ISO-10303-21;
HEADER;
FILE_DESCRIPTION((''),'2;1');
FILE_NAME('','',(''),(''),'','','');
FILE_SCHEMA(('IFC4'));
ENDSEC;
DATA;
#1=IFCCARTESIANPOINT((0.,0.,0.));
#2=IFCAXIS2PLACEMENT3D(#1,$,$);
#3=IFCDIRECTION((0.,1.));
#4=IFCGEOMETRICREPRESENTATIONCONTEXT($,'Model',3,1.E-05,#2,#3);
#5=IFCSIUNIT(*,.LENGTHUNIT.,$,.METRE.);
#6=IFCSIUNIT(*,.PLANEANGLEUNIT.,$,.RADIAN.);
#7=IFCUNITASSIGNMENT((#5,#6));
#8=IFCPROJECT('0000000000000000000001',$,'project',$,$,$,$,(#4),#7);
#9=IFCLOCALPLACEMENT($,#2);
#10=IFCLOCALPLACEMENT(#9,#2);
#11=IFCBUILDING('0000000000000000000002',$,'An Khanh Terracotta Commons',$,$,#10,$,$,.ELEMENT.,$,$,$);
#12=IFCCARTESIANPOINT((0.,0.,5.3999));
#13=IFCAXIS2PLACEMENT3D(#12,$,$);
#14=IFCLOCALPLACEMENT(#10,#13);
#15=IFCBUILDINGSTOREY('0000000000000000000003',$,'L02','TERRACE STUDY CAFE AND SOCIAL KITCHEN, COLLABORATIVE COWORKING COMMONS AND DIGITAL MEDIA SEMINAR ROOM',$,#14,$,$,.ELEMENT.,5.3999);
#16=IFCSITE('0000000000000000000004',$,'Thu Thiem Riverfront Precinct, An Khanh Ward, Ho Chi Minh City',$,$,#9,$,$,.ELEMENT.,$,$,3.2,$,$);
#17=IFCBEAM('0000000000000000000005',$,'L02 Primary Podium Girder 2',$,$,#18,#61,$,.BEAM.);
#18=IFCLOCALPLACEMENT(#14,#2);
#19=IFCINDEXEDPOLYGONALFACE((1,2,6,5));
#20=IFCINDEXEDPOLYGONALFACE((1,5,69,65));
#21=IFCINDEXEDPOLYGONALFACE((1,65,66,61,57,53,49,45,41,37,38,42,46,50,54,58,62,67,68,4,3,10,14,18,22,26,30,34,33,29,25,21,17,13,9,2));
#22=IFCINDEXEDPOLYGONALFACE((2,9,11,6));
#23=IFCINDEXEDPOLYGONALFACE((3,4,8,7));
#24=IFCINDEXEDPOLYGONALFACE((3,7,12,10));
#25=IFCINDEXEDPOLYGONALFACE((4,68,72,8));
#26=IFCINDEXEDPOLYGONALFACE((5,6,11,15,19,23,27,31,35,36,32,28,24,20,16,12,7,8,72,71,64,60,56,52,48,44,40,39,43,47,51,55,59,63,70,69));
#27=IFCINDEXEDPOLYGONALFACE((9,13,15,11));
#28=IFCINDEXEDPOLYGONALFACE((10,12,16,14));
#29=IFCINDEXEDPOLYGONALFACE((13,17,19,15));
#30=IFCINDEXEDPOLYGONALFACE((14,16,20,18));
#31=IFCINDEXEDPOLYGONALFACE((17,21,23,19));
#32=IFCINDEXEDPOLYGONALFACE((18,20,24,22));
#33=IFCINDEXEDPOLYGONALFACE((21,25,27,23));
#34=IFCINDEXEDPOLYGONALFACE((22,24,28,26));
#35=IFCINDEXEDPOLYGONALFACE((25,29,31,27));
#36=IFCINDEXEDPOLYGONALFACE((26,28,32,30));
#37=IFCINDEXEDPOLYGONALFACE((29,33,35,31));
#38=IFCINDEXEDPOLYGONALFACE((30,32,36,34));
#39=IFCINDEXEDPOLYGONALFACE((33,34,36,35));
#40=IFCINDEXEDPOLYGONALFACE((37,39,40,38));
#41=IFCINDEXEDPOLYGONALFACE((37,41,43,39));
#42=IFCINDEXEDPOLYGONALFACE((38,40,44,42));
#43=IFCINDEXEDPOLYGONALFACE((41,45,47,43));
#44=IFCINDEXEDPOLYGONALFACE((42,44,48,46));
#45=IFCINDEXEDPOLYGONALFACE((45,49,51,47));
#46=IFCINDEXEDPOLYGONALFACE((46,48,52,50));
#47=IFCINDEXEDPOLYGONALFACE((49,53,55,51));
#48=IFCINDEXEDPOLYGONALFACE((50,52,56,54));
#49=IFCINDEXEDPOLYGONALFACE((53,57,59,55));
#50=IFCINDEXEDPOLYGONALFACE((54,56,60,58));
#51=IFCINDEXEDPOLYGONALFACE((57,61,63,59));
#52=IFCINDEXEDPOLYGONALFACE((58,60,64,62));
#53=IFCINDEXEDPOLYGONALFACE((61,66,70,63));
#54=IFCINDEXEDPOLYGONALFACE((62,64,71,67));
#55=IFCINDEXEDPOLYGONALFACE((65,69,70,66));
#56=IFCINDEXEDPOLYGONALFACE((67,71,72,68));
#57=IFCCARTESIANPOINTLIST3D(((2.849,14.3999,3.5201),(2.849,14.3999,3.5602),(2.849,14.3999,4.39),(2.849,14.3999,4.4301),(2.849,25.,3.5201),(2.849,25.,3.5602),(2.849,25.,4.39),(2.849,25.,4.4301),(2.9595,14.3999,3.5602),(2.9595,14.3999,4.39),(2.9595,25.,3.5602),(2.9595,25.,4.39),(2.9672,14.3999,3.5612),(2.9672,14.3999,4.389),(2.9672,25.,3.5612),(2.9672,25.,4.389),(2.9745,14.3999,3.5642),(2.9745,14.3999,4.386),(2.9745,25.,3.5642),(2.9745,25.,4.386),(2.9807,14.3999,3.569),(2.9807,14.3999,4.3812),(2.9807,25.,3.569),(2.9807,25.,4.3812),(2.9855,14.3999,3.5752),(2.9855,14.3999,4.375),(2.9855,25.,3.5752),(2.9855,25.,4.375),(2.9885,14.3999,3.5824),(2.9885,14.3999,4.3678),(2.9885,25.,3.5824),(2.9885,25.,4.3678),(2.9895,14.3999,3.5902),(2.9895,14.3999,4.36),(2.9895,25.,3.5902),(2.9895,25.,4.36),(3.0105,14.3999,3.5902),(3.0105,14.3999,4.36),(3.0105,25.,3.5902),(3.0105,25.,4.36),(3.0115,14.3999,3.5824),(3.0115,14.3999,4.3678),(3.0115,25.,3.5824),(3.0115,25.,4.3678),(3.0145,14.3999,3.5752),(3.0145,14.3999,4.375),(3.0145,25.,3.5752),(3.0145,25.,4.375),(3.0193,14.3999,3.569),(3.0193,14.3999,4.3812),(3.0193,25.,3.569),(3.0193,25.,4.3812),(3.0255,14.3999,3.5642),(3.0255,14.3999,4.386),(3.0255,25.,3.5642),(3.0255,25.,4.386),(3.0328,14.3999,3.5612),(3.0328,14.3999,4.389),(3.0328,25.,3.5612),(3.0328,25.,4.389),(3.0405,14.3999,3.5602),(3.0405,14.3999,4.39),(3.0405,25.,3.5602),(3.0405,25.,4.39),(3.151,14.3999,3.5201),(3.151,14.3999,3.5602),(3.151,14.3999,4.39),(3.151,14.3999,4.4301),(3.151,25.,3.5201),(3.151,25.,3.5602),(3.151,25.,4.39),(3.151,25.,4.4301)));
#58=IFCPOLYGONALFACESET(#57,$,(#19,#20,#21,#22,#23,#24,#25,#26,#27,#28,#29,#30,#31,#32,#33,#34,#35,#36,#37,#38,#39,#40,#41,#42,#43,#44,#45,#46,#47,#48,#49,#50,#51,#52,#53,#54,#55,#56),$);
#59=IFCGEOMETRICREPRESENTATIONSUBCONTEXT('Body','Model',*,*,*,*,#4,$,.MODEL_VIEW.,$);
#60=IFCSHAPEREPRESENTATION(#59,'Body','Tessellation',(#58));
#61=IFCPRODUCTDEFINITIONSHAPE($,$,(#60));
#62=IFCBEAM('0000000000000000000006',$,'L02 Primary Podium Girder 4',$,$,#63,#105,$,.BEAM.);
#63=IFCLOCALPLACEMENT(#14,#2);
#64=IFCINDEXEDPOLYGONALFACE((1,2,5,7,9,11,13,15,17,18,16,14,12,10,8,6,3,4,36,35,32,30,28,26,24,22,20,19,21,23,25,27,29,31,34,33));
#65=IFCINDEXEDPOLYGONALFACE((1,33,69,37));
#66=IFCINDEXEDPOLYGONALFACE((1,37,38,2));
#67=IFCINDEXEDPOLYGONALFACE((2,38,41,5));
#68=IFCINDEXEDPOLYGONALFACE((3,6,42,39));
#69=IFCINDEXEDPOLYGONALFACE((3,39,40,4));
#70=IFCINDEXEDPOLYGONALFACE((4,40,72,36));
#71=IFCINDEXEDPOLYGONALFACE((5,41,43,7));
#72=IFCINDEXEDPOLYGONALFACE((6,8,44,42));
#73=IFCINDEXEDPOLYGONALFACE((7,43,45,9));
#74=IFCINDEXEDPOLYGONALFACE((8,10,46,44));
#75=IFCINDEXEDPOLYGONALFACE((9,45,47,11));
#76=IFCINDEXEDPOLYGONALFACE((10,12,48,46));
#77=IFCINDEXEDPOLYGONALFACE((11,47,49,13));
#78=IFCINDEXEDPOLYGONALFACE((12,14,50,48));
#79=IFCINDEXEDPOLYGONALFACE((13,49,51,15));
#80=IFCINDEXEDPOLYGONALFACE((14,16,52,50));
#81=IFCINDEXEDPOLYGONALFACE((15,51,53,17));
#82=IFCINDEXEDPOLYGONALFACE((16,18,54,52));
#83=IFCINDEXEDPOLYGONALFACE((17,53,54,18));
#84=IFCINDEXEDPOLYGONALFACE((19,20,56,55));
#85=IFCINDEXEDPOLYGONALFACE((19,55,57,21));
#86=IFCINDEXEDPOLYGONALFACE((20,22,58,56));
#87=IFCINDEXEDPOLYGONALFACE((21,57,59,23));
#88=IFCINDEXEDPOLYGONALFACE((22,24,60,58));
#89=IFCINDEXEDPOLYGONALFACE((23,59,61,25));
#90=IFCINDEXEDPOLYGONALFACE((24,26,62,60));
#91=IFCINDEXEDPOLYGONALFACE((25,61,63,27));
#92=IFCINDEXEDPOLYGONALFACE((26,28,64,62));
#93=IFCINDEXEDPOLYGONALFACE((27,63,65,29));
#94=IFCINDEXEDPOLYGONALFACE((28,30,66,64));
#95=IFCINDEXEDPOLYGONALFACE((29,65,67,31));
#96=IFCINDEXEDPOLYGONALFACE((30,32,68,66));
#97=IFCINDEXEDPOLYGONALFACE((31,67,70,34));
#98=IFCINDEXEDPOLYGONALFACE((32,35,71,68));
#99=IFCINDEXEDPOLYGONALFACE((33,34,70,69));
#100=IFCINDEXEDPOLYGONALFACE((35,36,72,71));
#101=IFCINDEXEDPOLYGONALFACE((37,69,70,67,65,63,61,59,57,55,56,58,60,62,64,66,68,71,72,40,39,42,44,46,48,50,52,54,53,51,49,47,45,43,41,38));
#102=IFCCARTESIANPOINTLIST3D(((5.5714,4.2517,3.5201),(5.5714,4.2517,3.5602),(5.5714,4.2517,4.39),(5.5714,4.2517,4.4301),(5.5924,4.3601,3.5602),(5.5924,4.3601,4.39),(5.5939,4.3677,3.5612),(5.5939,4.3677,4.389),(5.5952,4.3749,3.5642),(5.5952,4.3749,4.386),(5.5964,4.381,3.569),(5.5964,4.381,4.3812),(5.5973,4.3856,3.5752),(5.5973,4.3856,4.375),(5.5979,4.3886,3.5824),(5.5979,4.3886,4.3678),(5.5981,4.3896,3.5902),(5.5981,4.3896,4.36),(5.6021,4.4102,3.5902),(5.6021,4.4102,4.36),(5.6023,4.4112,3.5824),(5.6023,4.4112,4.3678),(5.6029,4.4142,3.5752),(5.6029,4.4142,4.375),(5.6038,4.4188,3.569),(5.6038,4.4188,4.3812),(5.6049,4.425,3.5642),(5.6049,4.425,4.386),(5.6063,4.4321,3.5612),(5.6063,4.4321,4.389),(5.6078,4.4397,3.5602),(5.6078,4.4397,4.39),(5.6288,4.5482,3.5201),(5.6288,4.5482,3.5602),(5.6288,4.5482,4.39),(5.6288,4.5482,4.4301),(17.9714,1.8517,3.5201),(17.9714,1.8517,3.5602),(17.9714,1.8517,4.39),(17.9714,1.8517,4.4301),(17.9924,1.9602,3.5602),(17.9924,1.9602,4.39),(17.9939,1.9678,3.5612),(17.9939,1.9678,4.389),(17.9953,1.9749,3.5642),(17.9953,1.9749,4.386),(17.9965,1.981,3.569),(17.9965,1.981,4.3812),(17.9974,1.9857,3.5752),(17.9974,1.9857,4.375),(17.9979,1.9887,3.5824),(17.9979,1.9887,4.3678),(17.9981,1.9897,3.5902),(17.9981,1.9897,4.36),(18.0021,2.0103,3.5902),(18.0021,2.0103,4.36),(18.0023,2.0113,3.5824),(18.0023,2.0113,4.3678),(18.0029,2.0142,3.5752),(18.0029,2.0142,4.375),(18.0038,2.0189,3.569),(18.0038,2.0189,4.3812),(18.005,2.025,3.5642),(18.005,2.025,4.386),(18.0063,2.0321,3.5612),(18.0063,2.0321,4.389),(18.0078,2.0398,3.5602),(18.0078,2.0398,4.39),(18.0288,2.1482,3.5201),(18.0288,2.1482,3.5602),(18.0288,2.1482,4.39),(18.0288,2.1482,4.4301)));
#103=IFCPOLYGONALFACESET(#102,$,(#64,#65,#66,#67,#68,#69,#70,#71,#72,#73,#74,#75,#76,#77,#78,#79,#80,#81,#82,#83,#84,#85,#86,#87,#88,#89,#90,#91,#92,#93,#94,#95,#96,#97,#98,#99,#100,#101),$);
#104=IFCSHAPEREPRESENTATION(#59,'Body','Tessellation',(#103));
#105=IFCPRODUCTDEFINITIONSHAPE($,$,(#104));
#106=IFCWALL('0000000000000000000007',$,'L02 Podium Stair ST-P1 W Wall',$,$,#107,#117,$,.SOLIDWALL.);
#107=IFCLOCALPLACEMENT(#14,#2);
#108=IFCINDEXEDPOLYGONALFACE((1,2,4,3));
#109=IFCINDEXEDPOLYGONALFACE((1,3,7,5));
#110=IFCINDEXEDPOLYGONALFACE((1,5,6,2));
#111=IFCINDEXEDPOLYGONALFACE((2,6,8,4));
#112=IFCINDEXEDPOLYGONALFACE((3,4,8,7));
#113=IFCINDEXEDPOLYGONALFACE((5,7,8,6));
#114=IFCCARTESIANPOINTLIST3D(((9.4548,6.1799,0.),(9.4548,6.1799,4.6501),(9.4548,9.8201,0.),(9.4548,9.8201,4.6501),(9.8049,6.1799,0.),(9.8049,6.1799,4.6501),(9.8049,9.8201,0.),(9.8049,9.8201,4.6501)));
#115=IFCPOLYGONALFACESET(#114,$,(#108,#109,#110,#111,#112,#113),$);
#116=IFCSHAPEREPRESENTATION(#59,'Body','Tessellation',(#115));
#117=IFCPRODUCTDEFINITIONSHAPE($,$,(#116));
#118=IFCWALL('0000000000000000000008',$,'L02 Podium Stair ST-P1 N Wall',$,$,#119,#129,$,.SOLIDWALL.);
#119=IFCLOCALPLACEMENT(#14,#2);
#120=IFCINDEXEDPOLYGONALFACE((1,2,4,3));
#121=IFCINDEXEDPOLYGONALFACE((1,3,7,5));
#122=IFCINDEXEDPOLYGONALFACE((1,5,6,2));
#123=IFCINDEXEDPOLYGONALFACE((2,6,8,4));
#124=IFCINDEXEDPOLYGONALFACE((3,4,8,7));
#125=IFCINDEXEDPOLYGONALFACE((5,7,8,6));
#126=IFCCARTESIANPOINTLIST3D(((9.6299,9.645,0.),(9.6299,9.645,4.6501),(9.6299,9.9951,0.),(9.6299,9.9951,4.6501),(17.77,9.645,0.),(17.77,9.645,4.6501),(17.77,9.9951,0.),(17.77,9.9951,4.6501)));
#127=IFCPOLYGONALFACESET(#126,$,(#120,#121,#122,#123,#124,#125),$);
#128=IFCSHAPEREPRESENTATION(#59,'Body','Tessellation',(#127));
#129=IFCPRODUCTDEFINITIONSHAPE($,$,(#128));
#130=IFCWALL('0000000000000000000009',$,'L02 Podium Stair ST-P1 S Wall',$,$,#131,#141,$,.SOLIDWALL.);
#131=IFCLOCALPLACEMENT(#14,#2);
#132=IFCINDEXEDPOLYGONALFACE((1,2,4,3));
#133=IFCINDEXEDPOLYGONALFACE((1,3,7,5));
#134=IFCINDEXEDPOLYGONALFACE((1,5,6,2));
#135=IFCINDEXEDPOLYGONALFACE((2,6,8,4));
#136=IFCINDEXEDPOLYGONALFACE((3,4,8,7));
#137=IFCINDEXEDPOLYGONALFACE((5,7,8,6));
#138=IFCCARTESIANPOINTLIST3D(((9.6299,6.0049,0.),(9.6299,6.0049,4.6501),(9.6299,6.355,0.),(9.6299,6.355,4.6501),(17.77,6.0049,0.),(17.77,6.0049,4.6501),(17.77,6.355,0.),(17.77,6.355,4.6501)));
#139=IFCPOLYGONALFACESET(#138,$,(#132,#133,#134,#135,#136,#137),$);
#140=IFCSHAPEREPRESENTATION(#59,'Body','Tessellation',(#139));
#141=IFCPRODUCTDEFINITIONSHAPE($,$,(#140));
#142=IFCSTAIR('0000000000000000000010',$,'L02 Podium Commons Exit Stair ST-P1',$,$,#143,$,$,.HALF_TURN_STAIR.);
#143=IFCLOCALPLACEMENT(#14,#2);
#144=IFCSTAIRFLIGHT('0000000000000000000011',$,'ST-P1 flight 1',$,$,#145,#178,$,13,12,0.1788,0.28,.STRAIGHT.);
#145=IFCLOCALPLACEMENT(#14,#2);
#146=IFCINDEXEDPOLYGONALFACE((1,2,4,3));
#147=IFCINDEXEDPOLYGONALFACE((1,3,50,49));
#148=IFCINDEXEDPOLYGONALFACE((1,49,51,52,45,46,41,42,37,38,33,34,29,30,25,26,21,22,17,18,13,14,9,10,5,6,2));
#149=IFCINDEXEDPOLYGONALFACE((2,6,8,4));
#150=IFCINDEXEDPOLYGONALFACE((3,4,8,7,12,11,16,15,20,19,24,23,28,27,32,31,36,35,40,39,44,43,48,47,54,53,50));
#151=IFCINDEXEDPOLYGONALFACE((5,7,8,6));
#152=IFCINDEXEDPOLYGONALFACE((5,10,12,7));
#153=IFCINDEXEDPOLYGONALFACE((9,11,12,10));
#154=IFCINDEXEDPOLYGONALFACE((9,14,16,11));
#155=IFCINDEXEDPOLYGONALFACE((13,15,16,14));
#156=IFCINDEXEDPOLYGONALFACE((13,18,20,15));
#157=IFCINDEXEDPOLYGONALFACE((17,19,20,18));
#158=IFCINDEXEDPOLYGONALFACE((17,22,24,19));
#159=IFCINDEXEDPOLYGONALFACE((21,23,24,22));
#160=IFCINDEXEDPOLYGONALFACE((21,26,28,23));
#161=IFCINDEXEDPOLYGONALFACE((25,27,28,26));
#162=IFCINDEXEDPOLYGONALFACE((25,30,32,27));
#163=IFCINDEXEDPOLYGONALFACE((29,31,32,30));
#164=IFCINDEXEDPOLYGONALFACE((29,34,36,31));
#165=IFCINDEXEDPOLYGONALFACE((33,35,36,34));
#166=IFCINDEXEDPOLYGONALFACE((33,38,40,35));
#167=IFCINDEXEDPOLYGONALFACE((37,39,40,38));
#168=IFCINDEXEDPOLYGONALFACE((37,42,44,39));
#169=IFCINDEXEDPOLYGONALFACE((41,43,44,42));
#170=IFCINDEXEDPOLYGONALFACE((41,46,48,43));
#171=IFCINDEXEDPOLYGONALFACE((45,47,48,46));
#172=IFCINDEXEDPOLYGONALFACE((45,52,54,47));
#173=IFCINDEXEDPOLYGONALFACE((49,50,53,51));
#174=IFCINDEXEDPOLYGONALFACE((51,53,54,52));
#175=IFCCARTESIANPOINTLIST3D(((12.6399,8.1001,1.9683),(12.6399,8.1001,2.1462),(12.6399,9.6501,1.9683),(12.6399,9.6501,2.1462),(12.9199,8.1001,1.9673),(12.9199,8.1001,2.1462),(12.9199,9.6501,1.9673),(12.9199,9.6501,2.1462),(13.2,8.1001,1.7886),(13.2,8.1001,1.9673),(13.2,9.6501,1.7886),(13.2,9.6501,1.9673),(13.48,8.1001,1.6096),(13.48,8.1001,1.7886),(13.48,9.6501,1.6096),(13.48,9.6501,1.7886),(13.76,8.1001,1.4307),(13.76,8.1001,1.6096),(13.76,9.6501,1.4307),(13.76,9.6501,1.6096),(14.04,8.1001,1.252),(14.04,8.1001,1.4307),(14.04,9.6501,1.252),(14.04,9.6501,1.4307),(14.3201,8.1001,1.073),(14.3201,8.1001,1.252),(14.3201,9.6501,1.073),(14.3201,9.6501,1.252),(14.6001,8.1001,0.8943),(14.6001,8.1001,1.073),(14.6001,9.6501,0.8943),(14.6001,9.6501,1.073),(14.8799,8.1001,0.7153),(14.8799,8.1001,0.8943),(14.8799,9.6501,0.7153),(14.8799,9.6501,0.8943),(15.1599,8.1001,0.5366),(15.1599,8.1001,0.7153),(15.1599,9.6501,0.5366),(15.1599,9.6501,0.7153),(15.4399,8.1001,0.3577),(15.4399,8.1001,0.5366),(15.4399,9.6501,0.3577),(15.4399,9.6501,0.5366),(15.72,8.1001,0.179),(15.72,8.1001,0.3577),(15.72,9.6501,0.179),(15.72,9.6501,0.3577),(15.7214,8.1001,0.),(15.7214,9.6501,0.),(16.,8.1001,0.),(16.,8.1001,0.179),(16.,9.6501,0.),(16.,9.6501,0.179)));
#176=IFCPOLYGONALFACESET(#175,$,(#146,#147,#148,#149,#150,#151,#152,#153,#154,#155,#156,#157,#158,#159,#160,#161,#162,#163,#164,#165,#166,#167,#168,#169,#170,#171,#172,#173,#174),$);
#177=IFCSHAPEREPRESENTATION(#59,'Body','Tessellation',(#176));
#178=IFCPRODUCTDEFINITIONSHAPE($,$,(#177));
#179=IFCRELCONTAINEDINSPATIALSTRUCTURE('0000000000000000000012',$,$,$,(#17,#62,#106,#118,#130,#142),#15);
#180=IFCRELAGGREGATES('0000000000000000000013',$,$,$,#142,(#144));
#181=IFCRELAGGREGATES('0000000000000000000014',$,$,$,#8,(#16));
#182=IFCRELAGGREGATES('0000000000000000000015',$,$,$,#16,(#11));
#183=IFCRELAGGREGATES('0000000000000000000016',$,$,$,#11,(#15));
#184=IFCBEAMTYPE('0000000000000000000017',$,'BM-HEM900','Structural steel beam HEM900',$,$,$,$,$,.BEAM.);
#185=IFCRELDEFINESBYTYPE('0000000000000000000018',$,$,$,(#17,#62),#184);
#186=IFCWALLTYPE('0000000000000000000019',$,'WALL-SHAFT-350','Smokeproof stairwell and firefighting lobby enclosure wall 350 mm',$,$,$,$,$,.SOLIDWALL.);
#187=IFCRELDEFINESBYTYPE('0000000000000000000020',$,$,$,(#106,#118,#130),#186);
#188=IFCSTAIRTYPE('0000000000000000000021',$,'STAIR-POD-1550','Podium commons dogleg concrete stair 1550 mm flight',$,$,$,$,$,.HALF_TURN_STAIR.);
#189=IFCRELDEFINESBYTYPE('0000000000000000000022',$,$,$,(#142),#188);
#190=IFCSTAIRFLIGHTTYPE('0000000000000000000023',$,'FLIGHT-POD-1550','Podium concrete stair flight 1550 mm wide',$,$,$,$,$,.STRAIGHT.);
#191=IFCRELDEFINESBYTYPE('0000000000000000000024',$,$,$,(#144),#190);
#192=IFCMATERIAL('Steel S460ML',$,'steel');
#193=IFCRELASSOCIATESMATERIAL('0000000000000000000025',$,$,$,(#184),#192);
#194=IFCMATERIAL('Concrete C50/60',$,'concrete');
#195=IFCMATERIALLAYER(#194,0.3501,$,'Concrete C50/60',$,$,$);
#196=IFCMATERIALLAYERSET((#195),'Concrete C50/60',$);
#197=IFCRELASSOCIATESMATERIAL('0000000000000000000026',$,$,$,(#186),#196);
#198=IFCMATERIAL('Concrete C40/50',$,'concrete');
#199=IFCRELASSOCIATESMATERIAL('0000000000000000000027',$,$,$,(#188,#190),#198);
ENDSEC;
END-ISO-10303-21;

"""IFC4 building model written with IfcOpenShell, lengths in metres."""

from ifc_helpers import new_model, si_unit, direction, frame, frame_2d, origin, origin_2d, place, context, subcontext, project, spatial, polyline, rectangle, i_section, outline, extrude, material, layer, layer_set, material_profile, profile_set, type_object, element, aggregate, save


model = new_model("IFC4")

# Units and contexts
model_context = context("Model", 3, precision=1e-05, world=origin(), true_north=direction((0.0, 1.0)))
body_context = subcontext(model_context, "Body", "Model", "MODEL_VIEW")
ifc_project = project(units=[si_unit("LENGTHUNIT", "METRE"), si_unit("PLANEANGLEUNIT", "RADIAN")], contexts=[model_context])

# Site, building, storey
site_placement = place(None, origin())
site = spatial("IfcSite", under=ifc_project, at=site_placement, Name="Thu Thiem Riverfront Precinct, An Khanh Ward, Ho Chi Minh City", CompositionType="ELEMENT", RefElevation=3.2)
building_placement = place(site_placement, origin())
building = spatial("IfcBuilding", under=site, at=building_placement, Name="An Khanh Terracotta Commons", CompositionType="ELEMENT")
storey_placement = place(building_placement, frame((0.0, 0.0, 5.3999)))
storey = spatial("IfcBuildingStorey", under=building, at=storey_placement, Name="L02", Description="TERRACE STUDY CAFE AND SOCIAL KITCHEN, COLLABORATIVE COWORKING COMMONS AND DIGITAL MEDIA SEMINAR ROOM", CompositionType="ELEMENT", Elevation=5.3999)

# Shared definitions
ifc_material_1 = material(Name="Concrete C50/60", Category="concrete")

# Beams
ifc_material_2 = material(Name="Steel S460ML", Category="steel")
ifc_material_profile_1 = material_profile(ifc_material_2, i_section(OverallWidth=0.302, OverallDepth=0.9099, WebThickness=0.021, FlangeThickness=0.04, FilletRadius=0.03, at=origin_2d()), Name="HEM900")
ifc_profile_set_1 = profile_set([ifc_material_profile_1], Name="Steel S460ML")
beam_type_1 = type_object("IfcBeamType", Name="BM-HEM900", Description="Structural steel beam HEM900", PredefinedType="BEAM", material=ifc_profile_set_1)
beam_1_placement = place(storey_placement, frame((3.0, 14.3999, 3.9751), z_axis=(0.0, 1.0, 0.0), x_axis=(-1.0, 0.0, 0.0)))
element("IfcBeam", 1, at=beam_1_placement, inside=storey, type_object=beam_type_1, Name="L02 Primary Podium Girder 2", PredefinedType="BEAM", context=body_context, shape_type="SweptSolid", body=[
    extrude(i_section(OverallWidth=0.302, OverallDepth=0.9099, WebThickness=0.021, FlangeThickness=0.04, FilletRadius=0.03, at=origin_2d()), origin(), (0.0, 0.0, 1.0), 10.6001),
])
beam_2_placement = place(storey_placement, frame((5.6001, 4.3999, 3.9751), z_axis=(0.981781, -0.190016, 0.0), x_axis=(0.190016, 0.981781, 0.0)))
element("IfcBeam", 2, at=beam_2_placement, inside=storey, type_object=beam_type_1, Name="L02 Primary Podium Girder 4", PredefinedType="BEAM", context=body_context, shape_type="SweptSolid", body=[
    extrude(i_section(OverallWidth=0.302, OverallDepth=0.9099, WebThickness=0.021, FlangeThickness=0.04, FilletRadius=0.03, at=origin_2d()), origin(), (0.0, 0.0, 1.0), 12.6301),
])

# Walls
ifc_layer = layer(ifc_material_1, 0.3501, Name="Concrete C50/60")
ifc_layer_set = layer_set([ifc_layer], Name="Concrete C50/60")
wall_type = type_object("IfcWallType", Name="WALL-SHAFT-350", Description="Smokeproof stairwell and firefighting lobby enclosure wall 350 mm", PredefinedType="SOLIDWALL", material=ifc_layer_set)
wall_placement = place(storey_placement, frame((9.6299, 6.1799, 0.0), z_axis=(0.0, 0.0, 1.0), x_axis=(0.0, 1.0, 0.0)))
element("IfcWall", 3, at=wall_placement, inside=storey, type_object=wall_type, Name="L02 Podium Stair ST-P1 W Wall", PredefinedType="SOLIDWALL", context=body_context, shape_type="SweptSolid", body=[
    extrude(rectangle(XDim=3.6401, YDim=0.3501, at=frame_2d((1.8201, 0.0))), origin(), (0.0, 0.0, 1.0), 4.6501),
])
for number, where, z_axis, x_axis, name in (
    (4, (9.6299, 9.8201, 0.0), (0.0, 0.0, 1.0), (1.0, 0.0, 0.0), "L02 Podium Stair ST-P1 N Wall"),
    (5, (17.77, 6.1799, 0.0), (0.0, 0.0, 1.0), (-1.0, 0.0, 0.0), "L02 Podium Stair ST-P1 S Wall"),
):
    element("IfcWall", number, at=place(storey_placement, frame(where, z_axis=z_axis, x_axis=x_axis)), inside=storey, type_object=wall_type, Name=name, PredefinedType="SOLIDWALL", context=body_context, shape_type="SweptSolid", body=[
        extrude(rectangle(XDim=8.1401, YDim=0.3501, at=frame_2d((4.0701, 0.0))), origin(), (0.0, 0.0, 1.0), 4.6501),
    ])

# Stair, stair flight
ifc_material_3 = material(Name="Concrete C40/50", Category="concrete")
stair_type = type_object("IfcStairType", Name="STAIR-POD-1550", Description="Podium commons dogleg concrete stair 1550 mm flight", PredefinedType="HALF_TURN_STAIR", material=ifc_material_3)
stair_placement = place(storey_placement, origin())
stair = element("IfcStair", 6, at=stair_placement, inside=storey, type_object=stair_type, Name="L02 Podium Commons Exit Stair ST-P1", PredefinedType="HALF_TURN_STAIR")
stair_flight_type = type_object("IfcStairFlightType", Name="FLIGHT-POD-1550", Description="Podium concrete stair flight 1550 mm wide", PredefinedType="STRAIGHT", material=ifc_material_3)
stair_flight_1_placement = place(storey_placement, frame((16.0, 8.875, 0.0), z_axis=(0.0, 0.0, 1.0), x_axis=(-1.0, 0.0, 0.0)))
stair_flight_1 = element("IfcStairFlight", 7, at=stair_flight_1_placement, type_object=stair_flight_type, Name="ST-P1 flight 1", NumberOfRisers=13, NumberOfTreads=12, PredefinedType="STRAIGHT", RiserHeight=0.1788, TreadLength=0.28, context=body_context, shape_type="SweptSolid", body=[
    extrude(outline(polyline([(0.0, 0.0), (0.0, 0.179), (0.28, 0.179), (0.28, 0.3577), (0.5601, 0.3577), (0.5601, 0.5366), (0.8401, 0.5366), (0.8401, 0.7153), (1.1201, 0.7153), (1.1201, 0.8943), (1.3999, 0.8943), (1.3999, 1.073), (1.6799, 1.073), (1.6799, 1.252), (1.96, 1.252), (1.96, 1.4307), (2.24, 1.4307), (2.24, 1.6096), (2.52, 1.6096), (2.52, 1.7886), (2.8, 1.7886), (2.8, 1.9673), (3.0801, 1.9673), (3.0801, 2.1462), (3.3601, 2.1462), (3.3601, 2.325), (3.3601, 1.9683), (0.2786, 0.0), (0.0, 0.0)])), frame((0.0, 0.7749, 0.0), z_axis=(0.0, -1.0, 0.0), x_axis=(1.0, 0.0, 0.0)), (0.0, 0.0, 1.0), 1.55),
])
aggregate(stair, [stair_flight_1])

save(model, "model.ifc")
